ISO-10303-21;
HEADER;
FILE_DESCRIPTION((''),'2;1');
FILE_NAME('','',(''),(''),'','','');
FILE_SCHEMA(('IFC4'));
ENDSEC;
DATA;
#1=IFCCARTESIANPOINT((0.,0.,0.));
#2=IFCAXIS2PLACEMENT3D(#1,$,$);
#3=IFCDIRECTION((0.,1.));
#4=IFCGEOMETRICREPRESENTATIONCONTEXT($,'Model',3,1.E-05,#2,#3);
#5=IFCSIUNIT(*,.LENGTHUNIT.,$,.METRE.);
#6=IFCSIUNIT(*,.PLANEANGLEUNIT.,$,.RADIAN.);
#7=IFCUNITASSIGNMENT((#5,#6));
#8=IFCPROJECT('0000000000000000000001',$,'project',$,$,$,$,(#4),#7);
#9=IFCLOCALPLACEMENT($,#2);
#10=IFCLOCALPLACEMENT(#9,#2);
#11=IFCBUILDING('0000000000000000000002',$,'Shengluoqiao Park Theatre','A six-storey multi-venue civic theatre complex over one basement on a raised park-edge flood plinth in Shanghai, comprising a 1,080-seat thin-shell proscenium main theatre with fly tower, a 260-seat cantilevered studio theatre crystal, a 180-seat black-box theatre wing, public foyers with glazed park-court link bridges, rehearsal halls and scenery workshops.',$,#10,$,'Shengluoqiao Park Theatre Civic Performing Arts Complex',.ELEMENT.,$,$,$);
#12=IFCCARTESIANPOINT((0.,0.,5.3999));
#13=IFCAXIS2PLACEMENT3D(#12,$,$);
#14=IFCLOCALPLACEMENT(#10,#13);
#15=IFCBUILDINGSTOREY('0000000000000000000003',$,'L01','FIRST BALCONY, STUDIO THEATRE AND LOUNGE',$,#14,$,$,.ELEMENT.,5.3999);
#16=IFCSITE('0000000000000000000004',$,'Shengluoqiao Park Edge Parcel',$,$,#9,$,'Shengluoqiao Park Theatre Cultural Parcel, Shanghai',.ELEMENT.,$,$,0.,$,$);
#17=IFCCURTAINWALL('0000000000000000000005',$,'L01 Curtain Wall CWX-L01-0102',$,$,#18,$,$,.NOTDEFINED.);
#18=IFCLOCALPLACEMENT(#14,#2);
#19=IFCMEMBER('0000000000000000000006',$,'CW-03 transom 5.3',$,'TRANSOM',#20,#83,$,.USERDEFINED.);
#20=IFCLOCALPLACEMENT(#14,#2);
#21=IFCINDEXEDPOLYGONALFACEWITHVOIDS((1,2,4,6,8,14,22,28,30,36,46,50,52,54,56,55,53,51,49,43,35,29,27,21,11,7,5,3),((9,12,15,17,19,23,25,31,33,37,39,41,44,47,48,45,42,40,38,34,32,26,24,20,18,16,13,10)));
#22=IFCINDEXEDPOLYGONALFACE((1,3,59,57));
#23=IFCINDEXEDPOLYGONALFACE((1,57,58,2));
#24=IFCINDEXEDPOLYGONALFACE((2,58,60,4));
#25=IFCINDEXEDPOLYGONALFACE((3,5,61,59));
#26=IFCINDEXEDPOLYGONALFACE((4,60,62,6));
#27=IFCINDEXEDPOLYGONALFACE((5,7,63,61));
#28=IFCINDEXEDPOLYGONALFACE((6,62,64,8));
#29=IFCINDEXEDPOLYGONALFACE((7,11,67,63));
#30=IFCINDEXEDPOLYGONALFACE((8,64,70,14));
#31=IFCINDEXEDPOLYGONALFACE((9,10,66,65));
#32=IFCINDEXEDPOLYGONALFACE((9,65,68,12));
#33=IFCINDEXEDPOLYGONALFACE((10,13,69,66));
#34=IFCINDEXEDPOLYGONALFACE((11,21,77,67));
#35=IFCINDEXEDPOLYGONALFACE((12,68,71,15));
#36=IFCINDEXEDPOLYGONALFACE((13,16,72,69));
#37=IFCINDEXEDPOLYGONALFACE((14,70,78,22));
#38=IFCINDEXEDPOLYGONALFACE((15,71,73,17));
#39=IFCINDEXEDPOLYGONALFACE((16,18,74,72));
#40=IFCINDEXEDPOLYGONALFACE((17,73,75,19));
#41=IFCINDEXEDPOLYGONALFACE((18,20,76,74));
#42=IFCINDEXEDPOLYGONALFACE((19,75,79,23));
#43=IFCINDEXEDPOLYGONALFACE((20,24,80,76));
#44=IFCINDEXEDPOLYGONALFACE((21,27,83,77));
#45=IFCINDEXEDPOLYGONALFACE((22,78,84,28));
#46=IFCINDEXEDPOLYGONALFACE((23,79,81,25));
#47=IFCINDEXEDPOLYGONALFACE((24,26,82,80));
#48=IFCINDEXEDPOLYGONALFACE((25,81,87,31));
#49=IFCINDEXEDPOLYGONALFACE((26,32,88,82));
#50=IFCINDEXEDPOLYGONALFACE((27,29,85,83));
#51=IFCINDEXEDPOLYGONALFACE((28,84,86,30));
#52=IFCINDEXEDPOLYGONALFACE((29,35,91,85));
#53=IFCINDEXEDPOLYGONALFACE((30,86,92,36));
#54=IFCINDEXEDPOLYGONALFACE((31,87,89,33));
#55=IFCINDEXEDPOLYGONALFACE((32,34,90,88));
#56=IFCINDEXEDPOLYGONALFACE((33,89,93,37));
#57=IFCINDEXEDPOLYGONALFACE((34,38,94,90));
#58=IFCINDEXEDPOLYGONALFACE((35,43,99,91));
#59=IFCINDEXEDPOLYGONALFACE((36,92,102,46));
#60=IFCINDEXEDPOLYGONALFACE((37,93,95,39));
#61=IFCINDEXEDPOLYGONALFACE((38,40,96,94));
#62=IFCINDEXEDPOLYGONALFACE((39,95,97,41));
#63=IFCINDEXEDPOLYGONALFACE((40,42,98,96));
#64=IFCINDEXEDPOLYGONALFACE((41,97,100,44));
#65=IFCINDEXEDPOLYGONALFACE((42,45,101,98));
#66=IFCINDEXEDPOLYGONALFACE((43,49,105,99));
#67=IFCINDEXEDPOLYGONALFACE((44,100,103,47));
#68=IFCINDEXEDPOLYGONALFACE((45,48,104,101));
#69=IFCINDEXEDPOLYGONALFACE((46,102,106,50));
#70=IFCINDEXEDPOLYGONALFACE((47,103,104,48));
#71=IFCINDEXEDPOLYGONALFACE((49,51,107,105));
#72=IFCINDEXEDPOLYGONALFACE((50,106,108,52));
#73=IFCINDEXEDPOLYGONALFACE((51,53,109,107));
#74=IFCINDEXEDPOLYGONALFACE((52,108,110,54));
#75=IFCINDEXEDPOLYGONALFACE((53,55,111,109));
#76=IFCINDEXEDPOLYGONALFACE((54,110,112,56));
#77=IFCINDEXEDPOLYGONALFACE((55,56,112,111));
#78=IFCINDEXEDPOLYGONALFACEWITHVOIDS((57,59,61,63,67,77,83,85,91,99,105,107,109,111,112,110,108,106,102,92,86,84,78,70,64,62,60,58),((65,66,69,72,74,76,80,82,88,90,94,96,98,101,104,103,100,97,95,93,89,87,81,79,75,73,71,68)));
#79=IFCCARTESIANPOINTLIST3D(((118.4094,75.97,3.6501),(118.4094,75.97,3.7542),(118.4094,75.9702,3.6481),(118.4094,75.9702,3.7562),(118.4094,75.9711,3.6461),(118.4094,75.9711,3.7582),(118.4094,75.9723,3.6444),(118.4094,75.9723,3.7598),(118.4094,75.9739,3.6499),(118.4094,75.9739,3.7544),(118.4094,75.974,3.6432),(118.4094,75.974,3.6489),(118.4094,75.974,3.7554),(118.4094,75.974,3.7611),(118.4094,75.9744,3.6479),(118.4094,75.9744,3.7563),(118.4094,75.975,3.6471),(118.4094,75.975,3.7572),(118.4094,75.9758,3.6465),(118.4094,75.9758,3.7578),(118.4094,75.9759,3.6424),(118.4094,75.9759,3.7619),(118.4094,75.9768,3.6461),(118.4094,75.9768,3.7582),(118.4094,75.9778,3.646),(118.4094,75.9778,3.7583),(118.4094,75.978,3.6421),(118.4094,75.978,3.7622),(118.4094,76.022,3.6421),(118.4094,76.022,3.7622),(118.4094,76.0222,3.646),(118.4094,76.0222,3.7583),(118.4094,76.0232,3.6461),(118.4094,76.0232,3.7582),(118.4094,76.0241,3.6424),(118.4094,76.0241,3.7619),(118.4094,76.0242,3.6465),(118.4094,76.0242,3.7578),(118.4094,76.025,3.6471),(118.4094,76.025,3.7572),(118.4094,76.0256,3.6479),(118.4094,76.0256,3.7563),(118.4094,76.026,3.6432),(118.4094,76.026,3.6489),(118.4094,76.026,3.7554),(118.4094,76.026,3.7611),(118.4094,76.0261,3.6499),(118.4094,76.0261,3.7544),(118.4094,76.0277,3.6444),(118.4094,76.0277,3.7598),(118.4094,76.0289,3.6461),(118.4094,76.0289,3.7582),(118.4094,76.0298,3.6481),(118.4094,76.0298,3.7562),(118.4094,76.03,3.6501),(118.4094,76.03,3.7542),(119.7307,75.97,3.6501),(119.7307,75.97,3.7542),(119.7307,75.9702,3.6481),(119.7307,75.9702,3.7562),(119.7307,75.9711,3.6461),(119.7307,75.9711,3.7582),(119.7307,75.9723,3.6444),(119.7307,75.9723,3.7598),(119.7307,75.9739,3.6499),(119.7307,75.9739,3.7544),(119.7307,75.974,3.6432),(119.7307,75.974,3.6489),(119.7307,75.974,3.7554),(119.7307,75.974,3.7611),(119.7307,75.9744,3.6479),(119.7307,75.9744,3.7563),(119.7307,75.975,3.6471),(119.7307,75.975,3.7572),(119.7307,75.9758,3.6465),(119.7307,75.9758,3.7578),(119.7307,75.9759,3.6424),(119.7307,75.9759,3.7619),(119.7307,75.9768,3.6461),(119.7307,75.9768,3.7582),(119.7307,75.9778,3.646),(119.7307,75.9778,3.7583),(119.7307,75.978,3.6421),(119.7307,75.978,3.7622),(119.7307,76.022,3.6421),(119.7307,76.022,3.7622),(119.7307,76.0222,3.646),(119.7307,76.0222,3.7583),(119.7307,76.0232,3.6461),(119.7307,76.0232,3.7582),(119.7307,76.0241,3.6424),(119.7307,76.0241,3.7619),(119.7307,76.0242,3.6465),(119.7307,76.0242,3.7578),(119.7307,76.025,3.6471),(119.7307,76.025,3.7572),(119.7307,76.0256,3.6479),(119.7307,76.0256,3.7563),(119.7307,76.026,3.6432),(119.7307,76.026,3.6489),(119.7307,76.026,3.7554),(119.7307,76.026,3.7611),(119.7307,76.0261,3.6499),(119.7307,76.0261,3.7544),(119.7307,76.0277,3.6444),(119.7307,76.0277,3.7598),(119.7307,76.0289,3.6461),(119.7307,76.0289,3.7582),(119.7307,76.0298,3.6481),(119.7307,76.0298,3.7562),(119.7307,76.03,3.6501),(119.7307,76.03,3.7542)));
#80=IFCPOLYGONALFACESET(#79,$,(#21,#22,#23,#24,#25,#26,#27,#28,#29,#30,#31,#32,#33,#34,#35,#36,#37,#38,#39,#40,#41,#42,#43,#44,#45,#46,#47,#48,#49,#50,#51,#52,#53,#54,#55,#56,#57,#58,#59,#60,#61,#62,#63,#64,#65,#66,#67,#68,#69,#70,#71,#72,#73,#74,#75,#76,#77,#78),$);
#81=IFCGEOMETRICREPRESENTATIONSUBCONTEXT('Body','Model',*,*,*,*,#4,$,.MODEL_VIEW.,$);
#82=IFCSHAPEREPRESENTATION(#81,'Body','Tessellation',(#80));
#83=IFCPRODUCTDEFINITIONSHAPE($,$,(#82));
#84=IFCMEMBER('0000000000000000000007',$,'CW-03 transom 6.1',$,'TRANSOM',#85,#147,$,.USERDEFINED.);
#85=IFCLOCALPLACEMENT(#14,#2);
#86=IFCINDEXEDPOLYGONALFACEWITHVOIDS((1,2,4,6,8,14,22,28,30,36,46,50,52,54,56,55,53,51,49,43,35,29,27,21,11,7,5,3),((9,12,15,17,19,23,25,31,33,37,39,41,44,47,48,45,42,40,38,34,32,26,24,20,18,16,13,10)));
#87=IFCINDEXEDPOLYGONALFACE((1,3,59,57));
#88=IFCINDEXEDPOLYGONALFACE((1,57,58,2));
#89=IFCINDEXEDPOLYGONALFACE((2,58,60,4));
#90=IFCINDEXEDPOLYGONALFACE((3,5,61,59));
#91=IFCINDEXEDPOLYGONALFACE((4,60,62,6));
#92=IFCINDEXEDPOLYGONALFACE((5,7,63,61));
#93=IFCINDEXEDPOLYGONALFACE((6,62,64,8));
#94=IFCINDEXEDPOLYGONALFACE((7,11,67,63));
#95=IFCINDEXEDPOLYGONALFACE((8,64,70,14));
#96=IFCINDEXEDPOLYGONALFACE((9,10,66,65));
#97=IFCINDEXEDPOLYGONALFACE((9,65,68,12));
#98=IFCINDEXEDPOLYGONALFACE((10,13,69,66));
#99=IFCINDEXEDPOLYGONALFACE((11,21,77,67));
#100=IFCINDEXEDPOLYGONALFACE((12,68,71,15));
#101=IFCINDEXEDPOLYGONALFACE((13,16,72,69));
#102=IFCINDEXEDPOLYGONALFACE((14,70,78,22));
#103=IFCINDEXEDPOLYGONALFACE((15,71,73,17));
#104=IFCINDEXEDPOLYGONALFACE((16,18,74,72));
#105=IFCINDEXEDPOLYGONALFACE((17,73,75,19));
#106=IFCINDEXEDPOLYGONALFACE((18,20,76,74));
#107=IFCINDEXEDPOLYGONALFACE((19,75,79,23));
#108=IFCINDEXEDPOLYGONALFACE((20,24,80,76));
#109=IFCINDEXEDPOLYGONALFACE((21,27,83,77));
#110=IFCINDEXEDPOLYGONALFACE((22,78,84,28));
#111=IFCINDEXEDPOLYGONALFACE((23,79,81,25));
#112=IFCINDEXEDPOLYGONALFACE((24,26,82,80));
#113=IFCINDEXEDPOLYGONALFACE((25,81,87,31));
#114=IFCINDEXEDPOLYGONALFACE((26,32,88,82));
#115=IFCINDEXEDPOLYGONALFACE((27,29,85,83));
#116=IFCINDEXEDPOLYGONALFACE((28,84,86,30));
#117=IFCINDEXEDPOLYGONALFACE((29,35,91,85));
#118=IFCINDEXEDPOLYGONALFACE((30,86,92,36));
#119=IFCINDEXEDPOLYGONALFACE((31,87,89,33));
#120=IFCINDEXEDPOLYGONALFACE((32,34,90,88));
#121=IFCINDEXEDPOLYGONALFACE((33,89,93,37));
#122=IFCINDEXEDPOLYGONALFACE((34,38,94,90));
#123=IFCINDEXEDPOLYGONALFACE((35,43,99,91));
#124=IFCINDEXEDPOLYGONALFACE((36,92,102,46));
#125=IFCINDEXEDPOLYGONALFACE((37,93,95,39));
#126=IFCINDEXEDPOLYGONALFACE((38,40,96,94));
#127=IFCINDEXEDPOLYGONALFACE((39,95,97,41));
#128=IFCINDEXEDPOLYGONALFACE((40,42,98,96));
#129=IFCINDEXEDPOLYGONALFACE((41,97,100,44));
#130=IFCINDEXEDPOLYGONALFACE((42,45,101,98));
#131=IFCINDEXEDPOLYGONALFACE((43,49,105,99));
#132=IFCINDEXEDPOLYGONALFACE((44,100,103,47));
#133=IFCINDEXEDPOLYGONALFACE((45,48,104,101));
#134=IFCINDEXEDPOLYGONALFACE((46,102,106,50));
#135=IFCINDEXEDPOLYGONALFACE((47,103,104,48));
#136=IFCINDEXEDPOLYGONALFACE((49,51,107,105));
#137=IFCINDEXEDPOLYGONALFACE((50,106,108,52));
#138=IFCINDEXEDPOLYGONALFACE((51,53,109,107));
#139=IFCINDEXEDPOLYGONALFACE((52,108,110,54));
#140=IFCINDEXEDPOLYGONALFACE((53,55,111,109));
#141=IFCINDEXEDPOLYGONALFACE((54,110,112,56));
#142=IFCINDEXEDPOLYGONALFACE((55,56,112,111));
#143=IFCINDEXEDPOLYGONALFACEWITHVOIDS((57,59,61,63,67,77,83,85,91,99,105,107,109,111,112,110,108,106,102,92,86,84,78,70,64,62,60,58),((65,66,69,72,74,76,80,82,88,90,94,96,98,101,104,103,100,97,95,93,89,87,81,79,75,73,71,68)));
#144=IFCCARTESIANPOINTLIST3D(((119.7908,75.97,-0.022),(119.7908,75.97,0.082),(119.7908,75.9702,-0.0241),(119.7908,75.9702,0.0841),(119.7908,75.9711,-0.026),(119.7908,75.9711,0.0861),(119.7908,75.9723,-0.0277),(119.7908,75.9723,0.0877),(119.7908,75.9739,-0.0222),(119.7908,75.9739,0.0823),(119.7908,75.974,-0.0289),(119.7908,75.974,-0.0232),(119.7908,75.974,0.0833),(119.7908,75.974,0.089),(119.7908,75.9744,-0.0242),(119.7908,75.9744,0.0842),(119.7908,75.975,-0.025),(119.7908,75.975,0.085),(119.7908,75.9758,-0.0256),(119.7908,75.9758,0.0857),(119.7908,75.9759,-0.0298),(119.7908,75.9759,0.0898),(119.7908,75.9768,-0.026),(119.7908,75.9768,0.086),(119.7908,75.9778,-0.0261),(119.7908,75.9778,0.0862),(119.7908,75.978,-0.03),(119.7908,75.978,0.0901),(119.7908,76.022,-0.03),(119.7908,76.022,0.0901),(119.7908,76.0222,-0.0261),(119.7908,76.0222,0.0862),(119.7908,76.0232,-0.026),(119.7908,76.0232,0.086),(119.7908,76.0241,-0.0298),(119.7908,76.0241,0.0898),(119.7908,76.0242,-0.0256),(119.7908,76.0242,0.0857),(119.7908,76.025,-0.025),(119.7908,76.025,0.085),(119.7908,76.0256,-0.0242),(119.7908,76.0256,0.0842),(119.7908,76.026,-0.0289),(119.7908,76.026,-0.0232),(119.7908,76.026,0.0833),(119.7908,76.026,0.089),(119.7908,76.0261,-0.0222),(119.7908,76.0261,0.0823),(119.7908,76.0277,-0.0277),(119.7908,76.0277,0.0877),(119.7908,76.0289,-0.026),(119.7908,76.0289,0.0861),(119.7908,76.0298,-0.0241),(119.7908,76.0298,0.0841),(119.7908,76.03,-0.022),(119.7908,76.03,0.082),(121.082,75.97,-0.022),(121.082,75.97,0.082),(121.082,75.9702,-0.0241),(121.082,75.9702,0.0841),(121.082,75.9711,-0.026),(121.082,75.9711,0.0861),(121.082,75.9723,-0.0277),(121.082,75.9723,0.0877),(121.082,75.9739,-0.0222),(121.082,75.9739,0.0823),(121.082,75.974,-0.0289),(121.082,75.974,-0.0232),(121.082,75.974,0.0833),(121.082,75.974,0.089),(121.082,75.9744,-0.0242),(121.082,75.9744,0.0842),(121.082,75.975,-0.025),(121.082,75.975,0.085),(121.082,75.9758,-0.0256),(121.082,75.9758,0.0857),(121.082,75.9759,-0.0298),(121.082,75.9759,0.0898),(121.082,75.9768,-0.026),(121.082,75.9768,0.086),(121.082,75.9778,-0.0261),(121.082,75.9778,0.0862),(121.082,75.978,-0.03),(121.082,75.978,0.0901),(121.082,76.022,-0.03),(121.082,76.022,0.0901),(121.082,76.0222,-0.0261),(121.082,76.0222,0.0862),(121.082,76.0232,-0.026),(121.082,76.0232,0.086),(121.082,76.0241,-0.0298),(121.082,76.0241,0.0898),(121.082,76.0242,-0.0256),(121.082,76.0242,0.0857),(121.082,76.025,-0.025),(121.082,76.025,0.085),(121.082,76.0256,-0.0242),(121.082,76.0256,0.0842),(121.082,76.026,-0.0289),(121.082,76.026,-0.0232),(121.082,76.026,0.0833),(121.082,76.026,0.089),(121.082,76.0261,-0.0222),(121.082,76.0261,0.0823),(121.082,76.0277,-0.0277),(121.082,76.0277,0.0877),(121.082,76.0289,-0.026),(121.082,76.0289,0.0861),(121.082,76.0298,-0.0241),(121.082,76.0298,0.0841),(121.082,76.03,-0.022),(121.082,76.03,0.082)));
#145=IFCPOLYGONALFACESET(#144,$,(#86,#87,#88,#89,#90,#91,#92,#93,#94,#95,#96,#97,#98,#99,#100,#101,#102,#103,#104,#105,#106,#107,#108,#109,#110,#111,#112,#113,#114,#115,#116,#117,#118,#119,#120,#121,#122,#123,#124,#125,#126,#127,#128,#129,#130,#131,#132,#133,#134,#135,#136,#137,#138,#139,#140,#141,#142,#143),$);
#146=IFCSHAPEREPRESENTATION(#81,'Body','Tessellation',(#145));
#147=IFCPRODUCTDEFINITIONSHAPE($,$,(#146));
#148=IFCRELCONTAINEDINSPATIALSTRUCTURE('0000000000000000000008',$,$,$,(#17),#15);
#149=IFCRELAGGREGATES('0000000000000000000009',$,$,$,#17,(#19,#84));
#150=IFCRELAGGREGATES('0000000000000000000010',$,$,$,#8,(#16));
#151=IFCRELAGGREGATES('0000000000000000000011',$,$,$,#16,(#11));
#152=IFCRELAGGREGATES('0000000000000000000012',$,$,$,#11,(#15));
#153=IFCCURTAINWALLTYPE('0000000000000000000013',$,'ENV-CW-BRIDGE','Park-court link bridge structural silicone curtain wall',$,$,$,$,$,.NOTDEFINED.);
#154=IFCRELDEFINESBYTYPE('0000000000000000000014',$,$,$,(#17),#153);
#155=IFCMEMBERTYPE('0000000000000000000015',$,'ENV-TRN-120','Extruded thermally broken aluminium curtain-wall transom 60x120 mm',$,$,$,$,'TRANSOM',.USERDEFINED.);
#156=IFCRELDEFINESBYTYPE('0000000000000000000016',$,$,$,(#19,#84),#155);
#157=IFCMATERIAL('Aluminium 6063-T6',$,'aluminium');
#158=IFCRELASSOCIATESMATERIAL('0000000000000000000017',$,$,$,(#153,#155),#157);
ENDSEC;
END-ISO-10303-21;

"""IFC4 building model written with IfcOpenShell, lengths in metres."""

from ifc_helpers import new_model, si_unit, direction, frame, origin, origin_2d, place, context, subcontext, project, spatial, hollow_rectangle, extrude, material, material_profile, profile_set, type_object, element, aggregate, save


model = new_model("IFC4")

# Units and contexts
model_context = context("Model", 3, precision=1e-05, world=origin(), true_north=direction((0.0, 1.0)))
body_context = subcontext(model_context, "Body", "Model", "MODEL_VIEW")
ifc_project = project(units=[si_unit("LENGTHUNIT", "METRE"), si_unit("PLANEANGLEUNIT", "RADIAN")], contexts=[model_context])

# Site, building, storey
site_placement = place(None, origin())
site = spatial("IfcSite", under=ifc_project, at=site_placement, Name="Shengluoqiao Park Edge Parcel", LongName="Shengluoqiao Park Theatre Cultural Parcel, Shanghai", CompositionType="ELEMENT", RefElevation=0.0)
building_placement = place(site_placement, origin())
building = spatial("IfcBuilding", under=site, at=building_placement, Name="Shengluoqiao Park Theatre", Description="A six-storey multi-venue civic theatre complex over one basement on a raised park-edge flood plinth in Shanghai, comprising a 1,080-seat thin-shell proscenium main theatre with fly tower, a 260-seat cantilevered studio theatre crystal, a 180-seat black-box theatre wing, public foyers with glazed park-court link bridges, rehearsal halls and scenery workshops.", LongName="Shengluoqiao Park Theatre Civic Performing Arts Complex", CompositionType="ELEMENT")
storey_placement = place(building_placement, frame((0.0, 0.0, 5.3999)))
storey = spatial("IfcBuildingStorey", under=building, at=storey_placement, Name="L01", Description="FIRST BALCONY, STUDIO THEATRE AND LOUNGE", CompositionType="ELEMENT", Elevation=5.3999)

# Curtain wall
ifc_material_1 = material(Name="Aluminium 6063-T6", Category="aluminium")
curtain_wall_type = type_object("IfcCurtainWallType", Name="ENV-CW-BRIDGE", Description="Park-court link bridge structural silicone curtain wall", PredefinedType="NOTDEFINED", material=ifc_material_1)
curtain_wall_1_placement = place(storey_placement, origin())
curtain_wall_1 = element("IfcCurtainWall", 1, at=curtain_wall_1_placement, inside=storey, type_object=curtain_wall_type, Name="L01 Curtain Wall CWX-L01-0102", PredefinedType="NOTDEFINED")

# Members
ifc_material_profile_1 = material_profile(ifc_material_1, hollow_rectangle(XDim=0.0601, YDim=0.1201, WallThickness=0.0039, InnerFilletRadius=0.0039, OuterFilletRadius=0.0081, at=origin_2d()), Name="ALU TRANSOM 120x60x4")
ifc_profile_set_1 = profile_set([ifc_material_profile_1], Name="Aluminium 6063-T6")
member_type_1 = type_object("IfcMemberType", Name="ENV-TRN-120", Description="Extruded thermally broken aluminium curtain-wall transom 60x120 mm", ElementType="TRANSOM", PredefinedType="USERDEFINED", material=ifc_profile_set_1)
member_1_placement = place(storey_placement, frame((118.4094, 76.0, 3.7021), z_axis=(1.0, 0.0, 0.0), x_axis=(0.0, 1.0, 0.0)))
member_1 = element("IfcMember", 2, at=member_1_placement, type_object=member_type_1, Name="CW-03 transom 5.3", ObjectType="TRANSOM", PredefinedType="USERDEFINED", context=body_context, shape_type="SweptSolid", body=[
    extrude(hollow_rectangle(XDim=0.0601, YDim=0.1201, WallThickness=0.0039, InnerFilletRadius=0.0039, OuterFilletRadius=0.0081, at=origin_2d()), origin(), (0.0, 0.0, 1.0), 1.3213),
])
member_2_placement = place(storey_placement, frame((119.7908, 76.0, 0.03), z_axis=(1.0, 0.0, 0.0), x_axis=(0.0, 1.0, 0.0)))
member_2 = element("IfcMember", 3, at=member_2_placement, type_object=member_type_1, Name="CW-03 transom 6.1", ObjectType="TRANSOM", PredefinedType="USERDEFINED", context=body_context, shape_type="SweptSolid", body=[
    extrude(hollow_rectangle(XDim=0.0601, YDim=0.1201, WallThickness=0.0039, InnerFilletRadius=0.0039, OuterFilletRadius=0.0081, at=origin_2d()), origin(), (0.0, 0.0, 1.0), 1.2913),
])

aggregate(curtain_wall_1, [member_1, member_2])

save(model, "model.ifc")
